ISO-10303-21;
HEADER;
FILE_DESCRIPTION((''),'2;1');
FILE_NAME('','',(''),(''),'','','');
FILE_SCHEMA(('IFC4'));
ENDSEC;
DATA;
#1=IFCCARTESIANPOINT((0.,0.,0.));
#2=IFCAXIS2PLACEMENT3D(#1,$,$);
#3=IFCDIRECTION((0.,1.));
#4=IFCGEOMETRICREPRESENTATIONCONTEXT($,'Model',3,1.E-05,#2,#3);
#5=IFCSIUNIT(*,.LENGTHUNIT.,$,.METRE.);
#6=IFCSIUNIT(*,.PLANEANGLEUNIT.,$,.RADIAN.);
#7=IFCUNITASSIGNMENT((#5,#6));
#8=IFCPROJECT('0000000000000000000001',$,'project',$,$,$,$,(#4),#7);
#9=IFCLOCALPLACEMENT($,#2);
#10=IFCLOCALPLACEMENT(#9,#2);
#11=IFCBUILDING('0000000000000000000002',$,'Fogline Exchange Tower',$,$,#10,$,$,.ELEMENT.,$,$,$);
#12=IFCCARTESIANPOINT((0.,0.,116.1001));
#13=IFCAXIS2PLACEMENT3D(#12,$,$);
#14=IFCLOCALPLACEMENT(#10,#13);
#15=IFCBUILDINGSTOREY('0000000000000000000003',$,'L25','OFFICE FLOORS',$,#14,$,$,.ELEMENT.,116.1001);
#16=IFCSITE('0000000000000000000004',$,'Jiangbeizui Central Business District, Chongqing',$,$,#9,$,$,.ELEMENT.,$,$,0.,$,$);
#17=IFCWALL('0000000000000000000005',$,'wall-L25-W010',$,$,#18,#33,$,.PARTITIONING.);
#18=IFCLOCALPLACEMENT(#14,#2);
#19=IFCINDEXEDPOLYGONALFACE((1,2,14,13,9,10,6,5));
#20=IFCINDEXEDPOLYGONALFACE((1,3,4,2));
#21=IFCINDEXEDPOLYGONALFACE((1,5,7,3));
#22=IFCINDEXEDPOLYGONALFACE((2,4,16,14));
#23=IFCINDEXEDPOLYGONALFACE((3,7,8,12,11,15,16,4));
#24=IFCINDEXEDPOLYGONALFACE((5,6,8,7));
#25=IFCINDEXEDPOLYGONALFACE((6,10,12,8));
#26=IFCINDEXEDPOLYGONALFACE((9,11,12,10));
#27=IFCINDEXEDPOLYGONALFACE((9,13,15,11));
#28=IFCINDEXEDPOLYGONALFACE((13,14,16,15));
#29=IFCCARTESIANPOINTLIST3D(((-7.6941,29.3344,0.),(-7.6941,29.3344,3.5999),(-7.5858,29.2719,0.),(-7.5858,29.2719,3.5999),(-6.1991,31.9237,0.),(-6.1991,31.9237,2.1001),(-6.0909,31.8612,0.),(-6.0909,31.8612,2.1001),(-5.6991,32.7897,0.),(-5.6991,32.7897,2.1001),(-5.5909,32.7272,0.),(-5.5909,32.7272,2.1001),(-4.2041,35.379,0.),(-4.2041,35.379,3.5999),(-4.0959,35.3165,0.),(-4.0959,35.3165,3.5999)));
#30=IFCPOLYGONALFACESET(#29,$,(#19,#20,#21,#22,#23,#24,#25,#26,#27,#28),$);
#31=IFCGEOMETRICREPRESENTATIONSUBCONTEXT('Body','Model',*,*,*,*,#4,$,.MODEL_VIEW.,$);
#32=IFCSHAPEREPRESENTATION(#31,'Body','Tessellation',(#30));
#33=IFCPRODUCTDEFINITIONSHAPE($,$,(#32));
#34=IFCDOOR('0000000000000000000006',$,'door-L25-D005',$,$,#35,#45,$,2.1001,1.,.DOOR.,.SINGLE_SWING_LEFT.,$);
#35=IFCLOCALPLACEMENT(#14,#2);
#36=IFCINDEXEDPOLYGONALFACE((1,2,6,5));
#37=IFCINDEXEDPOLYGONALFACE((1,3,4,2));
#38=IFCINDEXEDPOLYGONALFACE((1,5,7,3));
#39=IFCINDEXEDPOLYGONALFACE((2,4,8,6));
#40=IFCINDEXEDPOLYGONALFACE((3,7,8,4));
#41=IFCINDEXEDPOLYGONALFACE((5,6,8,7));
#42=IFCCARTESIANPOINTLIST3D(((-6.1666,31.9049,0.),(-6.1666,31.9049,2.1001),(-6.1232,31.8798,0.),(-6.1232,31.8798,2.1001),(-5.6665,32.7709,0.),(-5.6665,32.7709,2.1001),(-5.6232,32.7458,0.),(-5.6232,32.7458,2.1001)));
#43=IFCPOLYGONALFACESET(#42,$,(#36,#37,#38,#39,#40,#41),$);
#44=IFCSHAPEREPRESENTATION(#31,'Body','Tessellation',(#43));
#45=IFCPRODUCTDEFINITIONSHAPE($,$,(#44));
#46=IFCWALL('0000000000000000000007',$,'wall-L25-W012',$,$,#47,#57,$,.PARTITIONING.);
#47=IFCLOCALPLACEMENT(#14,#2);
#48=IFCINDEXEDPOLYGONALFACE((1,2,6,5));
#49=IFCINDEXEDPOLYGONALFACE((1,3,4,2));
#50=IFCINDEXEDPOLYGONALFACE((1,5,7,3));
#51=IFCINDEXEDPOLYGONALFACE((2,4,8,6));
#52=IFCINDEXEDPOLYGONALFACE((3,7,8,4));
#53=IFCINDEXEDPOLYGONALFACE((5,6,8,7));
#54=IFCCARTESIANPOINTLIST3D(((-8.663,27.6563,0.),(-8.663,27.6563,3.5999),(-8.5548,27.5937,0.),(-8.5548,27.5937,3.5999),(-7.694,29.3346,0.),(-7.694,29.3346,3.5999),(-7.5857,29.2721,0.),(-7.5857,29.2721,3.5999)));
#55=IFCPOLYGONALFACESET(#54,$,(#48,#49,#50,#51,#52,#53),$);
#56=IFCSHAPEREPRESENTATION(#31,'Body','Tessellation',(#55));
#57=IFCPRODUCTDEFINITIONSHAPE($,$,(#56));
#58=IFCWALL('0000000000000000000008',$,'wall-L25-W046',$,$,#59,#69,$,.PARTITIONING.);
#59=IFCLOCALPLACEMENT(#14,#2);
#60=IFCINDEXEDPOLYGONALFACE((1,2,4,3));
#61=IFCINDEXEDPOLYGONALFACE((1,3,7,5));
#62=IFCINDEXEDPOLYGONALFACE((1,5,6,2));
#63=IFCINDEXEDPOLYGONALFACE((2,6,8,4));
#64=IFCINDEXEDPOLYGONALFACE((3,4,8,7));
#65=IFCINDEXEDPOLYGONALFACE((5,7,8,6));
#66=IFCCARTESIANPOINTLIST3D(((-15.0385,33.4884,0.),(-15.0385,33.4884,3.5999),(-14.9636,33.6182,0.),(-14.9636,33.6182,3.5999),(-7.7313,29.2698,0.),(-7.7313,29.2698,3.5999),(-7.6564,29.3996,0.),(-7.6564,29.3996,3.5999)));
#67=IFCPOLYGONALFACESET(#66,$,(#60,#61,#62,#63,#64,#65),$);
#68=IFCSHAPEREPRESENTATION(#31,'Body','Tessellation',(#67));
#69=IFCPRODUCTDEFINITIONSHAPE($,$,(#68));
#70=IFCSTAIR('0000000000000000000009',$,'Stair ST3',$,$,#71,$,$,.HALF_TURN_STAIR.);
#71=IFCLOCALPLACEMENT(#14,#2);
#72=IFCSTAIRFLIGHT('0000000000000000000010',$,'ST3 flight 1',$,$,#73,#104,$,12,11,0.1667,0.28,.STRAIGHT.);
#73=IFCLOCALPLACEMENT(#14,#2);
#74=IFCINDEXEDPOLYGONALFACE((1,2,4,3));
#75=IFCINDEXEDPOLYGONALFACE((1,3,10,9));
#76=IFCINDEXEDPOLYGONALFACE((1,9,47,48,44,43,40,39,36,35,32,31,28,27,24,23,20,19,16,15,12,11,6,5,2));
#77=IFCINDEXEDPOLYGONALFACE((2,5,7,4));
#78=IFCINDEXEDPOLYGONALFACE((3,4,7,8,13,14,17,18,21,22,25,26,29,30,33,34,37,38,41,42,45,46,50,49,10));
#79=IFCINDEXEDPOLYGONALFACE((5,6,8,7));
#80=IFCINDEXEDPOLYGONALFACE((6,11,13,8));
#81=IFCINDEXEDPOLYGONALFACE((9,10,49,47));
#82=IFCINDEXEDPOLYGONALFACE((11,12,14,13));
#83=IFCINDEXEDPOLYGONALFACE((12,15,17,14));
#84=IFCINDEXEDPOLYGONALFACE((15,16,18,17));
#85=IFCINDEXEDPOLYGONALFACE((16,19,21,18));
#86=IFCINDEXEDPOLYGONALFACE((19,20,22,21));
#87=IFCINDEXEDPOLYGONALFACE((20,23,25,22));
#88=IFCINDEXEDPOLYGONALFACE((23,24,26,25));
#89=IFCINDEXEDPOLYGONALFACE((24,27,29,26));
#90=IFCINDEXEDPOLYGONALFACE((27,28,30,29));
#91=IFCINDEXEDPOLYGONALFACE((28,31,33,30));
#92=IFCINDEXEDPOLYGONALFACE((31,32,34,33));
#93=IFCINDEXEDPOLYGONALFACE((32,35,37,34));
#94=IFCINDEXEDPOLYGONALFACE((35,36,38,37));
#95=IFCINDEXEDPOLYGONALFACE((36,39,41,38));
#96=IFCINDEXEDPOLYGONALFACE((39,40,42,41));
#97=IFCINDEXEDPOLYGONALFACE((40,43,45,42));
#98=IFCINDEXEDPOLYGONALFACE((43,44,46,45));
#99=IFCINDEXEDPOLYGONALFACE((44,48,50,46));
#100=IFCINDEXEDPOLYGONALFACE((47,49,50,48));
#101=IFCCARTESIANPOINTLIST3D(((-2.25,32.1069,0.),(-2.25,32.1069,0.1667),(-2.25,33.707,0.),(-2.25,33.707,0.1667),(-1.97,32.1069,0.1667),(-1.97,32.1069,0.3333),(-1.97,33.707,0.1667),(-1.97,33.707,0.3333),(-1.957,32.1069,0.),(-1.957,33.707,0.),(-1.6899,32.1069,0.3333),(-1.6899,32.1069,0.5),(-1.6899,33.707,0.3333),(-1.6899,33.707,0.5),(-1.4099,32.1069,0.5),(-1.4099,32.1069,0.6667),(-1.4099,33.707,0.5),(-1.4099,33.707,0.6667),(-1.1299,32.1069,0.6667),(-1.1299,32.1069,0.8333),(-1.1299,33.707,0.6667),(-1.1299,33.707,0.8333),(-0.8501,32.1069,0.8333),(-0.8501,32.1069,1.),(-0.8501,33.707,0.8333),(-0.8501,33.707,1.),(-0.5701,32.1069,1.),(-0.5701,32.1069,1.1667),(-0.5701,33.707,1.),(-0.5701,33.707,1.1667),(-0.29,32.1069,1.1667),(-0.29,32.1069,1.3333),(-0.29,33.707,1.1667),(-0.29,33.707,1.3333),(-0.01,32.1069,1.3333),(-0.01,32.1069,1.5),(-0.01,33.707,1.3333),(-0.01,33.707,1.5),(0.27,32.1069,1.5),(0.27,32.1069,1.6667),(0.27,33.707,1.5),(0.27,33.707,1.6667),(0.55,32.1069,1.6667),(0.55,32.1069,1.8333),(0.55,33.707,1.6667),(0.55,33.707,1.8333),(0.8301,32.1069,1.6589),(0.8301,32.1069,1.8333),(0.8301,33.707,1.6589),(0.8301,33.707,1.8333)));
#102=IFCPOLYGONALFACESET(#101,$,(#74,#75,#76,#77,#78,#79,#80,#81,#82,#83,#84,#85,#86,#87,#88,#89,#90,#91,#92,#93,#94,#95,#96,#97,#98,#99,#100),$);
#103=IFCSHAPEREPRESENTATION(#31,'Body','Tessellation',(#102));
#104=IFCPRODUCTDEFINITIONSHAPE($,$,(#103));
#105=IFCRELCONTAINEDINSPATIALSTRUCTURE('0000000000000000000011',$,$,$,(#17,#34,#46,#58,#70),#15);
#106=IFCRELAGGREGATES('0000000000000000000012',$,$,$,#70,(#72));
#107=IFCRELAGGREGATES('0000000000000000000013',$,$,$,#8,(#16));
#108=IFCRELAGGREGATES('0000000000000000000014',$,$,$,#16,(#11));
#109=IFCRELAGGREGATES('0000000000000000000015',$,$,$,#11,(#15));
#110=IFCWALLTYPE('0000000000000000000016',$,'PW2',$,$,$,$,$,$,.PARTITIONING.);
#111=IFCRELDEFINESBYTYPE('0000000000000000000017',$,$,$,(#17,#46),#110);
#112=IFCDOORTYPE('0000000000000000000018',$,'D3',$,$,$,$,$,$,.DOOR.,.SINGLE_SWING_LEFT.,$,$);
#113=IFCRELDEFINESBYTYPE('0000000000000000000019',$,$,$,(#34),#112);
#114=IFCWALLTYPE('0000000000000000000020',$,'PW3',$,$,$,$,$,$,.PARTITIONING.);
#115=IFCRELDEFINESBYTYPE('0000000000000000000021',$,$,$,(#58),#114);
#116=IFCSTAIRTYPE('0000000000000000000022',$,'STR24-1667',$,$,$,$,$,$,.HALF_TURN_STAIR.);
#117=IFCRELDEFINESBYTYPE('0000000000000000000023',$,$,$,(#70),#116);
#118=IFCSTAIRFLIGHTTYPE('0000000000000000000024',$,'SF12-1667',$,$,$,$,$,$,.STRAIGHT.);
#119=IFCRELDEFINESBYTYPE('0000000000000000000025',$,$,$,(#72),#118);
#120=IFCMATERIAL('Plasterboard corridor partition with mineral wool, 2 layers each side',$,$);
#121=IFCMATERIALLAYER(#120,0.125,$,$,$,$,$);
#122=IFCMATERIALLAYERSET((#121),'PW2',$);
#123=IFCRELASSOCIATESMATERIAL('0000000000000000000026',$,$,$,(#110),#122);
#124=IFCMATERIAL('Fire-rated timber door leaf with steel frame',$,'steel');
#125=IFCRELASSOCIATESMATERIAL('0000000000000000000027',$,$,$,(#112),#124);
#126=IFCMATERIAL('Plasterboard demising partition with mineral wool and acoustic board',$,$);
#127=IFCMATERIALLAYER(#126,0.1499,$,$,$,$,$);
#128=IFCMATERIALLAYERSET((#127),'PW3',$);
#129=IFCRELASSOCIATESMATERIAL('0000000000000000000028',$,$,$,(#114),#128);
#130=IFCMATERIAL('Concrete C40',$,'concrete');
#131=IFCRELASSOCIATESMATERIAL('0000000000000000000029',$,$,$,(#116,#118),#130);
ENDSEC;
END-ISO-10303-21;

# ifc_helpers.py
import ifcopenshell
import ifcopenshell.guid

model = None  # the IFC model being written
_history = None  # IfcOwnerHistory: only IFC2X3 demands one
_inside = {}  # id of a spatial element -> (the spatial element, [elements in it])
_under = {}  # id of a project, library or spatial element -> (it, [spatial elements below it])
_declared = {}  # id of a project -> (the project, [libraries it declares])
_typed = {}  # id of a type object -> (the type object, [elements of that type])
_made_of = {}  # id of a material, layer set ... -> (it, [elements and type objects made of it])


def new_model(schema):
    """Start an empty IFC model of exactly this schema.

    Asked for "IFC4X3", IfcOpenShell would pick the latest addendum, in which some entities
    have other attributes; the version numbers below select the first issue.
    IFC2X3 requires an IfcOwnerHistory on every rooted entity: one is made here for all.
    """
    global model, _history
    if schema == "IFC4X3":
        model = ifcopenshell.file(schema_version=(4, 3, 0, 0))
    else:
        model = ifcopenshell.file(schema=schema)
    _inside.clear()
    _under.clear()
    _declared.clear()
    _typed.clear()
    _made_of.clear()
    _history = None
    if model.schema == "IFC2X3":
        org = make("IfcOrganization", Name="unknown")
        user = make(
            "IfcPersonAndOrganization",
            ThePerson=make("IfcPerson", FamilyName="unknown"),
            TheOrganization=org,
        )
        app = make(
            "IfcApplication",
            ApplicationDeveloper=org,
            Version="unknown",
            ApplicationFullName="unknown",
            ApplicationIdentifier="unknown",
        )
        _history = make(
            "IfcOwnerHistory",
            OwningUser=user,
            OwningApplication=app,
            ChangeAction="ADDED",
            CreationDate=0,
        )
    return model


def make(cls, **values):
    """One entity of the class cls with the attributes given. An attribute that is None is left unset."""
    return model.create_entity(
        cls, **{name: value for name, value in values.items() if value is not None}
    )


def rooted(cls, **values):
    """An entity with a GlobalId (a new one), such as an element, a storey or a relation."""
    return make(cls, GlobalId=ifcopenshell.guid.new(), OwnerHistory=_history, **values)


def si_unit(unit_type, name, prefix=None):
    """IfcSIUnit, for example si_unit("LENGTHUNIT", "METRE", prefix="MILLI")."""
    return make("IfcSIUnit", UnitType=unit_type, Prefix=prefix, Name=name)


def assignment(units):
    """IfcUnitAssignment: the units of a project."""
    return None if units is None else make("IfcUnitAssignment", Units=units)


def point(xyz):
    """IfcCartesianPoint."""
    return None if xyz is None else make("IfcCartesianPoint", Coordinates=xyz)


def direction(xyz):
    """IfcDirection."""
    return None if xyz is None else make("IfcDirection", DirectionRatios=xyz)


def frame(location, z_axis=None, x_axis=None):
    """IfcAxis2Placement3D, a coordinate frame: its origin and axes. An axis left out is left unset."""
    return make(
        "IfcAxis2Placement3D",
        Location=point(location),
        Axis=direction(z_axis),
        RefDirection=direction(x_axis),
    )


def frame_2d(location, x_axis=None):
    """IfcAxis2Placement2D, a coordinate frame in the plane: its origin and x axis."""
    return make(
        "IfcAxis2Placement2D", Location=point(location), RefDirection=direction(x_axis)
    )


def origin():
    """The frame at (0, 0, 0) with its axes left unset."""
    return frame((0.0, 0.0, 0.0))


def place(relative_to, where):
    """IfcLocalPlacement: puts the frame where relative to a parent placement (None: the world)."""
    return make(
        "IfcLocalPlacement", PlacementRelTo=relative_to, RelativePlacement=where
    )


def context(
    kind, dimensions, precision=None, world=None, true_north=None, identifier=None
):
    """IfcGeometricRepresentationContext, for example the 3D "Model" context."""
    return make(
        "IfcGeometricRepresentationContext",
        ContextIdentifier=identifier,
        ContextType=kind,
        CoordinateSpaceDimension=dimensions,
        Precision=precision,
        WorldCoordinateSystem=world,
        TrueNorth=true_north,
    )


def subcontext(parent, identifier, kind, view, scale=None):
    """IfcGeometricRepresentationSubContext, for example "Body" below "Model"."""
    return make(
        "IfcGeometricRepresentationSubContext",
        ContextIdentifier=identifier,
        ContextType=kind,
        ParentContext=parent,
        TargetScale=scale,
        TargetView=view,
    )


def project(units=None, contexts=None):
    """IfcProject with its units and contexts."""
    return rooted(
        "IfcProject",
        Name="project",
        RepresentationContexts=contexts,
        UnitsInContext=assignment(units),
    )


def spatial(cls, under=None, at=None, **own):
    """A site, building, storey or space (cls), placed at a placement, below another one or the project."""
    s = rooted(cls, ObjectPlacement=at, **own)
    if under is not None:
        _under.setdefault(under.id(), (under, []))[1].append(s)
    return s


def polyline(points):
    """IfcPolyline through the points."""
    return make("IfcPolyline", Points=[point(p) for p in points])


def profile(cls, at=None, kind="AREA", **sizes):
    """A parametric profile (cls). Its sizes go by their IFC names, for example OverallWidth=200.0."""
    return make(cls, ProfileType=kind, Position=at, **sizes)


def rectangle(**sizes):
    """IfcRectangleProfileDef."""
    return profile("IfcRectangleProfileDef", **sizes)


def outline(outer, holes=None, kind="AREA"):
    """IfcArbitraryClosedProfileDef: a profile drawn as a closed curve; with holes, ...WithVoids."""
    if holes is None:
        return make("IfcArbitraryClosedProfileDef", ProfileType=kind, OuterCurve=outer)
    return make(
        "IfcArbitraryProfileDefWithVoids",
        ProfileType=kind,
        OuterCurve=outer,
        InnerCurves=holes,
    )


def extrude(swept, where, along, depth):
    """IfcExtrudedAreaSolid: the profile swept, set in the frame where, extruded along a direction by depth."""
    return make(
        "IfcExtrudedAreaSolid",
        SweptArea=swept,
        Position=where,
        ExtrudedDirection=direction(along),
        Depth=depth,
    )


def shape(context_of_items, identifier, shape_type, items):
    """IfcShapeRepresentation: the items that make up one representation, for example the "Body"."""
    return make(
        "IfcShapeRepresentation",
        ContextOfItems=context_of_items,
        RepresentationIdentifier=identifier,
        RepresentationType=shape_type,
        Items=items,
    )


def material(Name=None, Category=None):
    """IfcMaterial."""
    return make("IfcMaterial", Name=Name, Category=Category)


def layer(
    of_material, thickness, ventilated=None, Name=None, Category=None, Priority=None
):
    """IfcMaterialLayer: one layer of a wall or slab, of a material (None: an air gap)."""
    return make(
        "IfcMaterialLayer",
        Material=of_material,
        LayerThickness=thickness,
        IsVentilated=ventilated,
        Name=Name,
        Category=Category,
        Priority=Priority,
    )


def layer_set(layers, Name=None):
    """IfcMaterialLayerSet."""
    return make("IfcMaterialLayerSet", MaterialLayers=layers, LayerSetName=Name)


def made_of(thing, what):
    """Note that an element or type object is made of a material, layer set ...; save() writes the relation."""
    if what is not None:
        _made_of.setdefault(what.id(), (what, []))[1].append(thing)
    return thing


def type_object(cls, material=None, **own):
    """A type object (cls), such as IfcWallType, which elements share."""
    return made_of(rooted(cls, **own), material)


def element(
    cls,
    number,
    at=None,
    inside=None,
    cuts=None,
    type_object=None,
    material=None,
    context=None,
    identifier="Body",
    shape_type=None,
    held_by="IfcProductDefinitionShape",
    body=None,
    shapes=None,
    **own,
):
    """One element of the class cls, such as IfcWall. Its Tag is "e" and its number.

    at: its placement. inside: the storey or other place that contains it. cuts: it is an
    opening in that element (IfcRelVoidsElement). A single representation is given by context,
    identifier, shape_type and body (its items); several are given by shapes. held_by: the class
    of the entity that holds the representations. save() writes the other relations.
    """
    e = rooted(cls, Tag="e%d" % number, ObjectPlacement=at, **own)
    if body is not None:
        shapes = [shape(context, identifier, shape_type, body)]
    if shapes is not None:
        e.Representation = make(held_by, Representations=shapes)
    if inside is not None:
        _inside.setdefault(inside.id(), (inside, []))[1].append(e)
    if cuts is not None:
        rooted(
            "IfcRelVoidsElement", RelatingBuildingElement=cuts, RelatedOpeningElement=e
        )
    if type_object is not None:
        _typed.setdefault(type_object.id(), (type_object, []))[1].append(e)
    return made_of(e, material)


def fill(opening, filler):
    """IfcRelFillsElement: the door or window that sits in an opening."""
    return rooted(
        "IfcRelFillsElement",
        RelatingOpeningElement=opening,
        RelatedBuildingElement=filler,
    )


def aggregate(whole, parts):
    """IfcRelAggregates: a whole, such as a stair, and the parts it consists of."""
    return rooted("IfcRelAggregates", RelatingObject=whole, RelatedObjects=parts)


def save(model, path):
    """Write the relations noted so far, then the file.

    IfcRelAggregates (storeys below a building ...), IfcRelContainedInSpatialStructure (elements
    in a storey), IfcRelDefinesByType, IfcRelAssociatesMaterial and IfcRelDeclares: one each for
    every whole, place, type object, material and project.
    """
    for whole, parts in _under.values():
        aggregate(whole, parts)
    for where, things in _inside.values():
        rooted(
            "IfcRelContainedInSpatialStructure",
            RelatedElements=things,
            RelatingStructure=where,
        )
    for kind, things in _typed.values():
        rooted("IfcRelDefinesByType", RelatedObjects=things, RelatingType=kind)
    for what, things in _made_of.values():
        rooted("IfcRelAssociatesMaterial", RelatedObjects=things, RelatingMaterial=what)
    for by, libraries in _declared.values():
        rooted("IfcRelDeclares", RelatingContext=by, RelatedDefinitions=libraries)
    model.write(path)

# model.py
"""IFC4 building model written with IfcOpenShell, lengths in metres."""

from ifc_helpers import new_model, si_unit, direction, frame, frame_2d, origin, place, context, subcontext, project, spatial, polyline, rectangle, outline, extrude, material, layer, layer_set, type_object, element, fill, aggregate, save


model = new_model("IFC4")

# Units and contexts
model_context = context("Model", 3, precision=1e-05, world=origin(), true_north=direction((0.0, 1.0)))
body_context = subcontext(model_context, "Body", "Model", "MODEL_VIEW")
ifc_project = project(units=[si_unit("LENGTHUNIT", "METRE"), si_unit("PLANEANGLEUNIT", "RADIAN")], contexts=[model_context])

# Site, building, storey
site_placement = place(None, origin())
site = spatial("IfcSite", under=ifc_project, at=site_placement, Name="Jiangbeizui Central Business District, Chongqing", CompositionType="ELEMENT", RefElevation=0.0)
building_placement = place(site_placement, origin())
building = spatial("IfcBuilding", under=site, at=building_placement, Name="Fogline Exchange Tower", CompositionType="ELEMENT")
storey_placement = place(building_placement, frame((0.0, 0.0, 116.1001)))
storey = spatial("IfcBuildingStorey", under=building, at=storey_placement, Name="L25", Description="OFFICE FLOORS", CompositionType="ELEMENT", Elevation=116.1001)

# Shared definitions
ifc_material_1 = material(Name="Concrete C40", Category="concrete")

# Wall, opening, door
ifc_material_2 = material(Name="Plasterboard corridor partition with mineral wool, 2 layers each side")
ifc_layer_1 = layer(ifc_material_2, 0.125)
ifc_layer_set_1 = layer_set([ifc_layer_1], Name="PW2")
wall_type_1 = type_object("IfcWallType", Name="PW2", PredefinedType="PARTITIONING", material=ifc_layer_set_1)
wall_1_placement = place(storey_placement, frame((-7.6399, 29.3032, 0.0), z_axis=(0.0, 0.0, 1.0), x_axis=(0.50001, 0.86602, 0.0)))
wall_1 = element("IfcWall", 1, at=wall_1_placement, inside=storey, type_object=wall_type_1, Name="wall-L25-W010", PredefinedType="PARTITIONING", context=body_context, shape_type="SweptSolid", body=[
    extrude(rectangle(XDim=6.9797, YDim=0.125, at=frame_2d((3.4897, 0.0))), origin(), (0.0, 0.0, 1.0), 3.5999),
])
opening_1_placement = place(wall_1_placement, frame((2.9897, 0.0, 0.0)))
opening_1 = element("IfcOpeningElement", 2, at=opening_1_placement, cuts=wall_1, PredefinedType="OPENING", context=body_context, shape_type="SweptSolid", body=[
    extrude(rectangle(XDim=1.0, YDim=2.1001, at=frame_2d((0.5, 1.05))), frame((0.0, 0.0725, 0.0), z_axis=(0.0, -1.0, 0.0), x_axis=(1.0, 0.0, 0.0)), (0.0, 0.0, 1.0), 0.145),
])
ifc_material_3 = material(Name="Fire-rated timber door leaf with steel frame", Category="steel")
door_type_1 = type_object("IfcDoorType", Name="D3", OperationType="SINGLE_SWING_LEFT", PredefinedType="DOOR", material=ifc_material_3)
door_1_placement = place(opening_1_placement, origin())
door_1 = element("IfcDoor", 3, at=door_1_placement, inside=storey, type_object=door_type_1, Name="door-L25-D005", OperationType="SINGLE_SWING_LEFT", OverallHeight=2.1001, OverallWidth=1.0, PredefinedType="DOOR", context=body_context, shape_type="SweptSolid", body=[
    extrude(rectangle(XDim=1.0, YDim=2.1001, at=frame_2d((0.5, 1.05))), frame((0.0, 0.0249, 0.0), z_axis=(0.0, -1.0, 0.0), x_axis=(1.0, 0.0, 0.0)), (0.0, 0.0, 1.0), 0.05),
])
fill(opening_1, door_1)

# Walls
wall_2_placement = place(storey_placement, frame((-8.6089, 27.625, 0.0), z_axis=(0.0, 0.0, 1.0), x_axis=(0.500028, 0.866009, 0.0)))
element("IfcWall", 4, at=wall_2_placement, inside=storey, type_object=wall_type_1, Name="wall-L25-W012", PredefinedType="PARTITIONING", context=body_context, shape_type="SweptSolid", body=[
    extrude(rectangle(XDim=1.938, YDim=0.125, at=frame_2d((0.969, 0.0))), origin(), (0.0, 0.0, 1.0), 3.5999),
])
ifc_material_4 = material(Name="Plasterboard demising partition with mineral wool and acoustic board")
ifc_layer_2 = layer(ifc_material_4, 0.1499)
ifc_layer_set_2 = layer_set([ifc_layer_2], Name="PW3")
wall_type_2 = type_object("IfcWallType", Name="PW3", PredefinedType="PARTITIONING", material=ifc_layer_set_2)
wall_3_placement = place(storey_placement, frame((-7.6938, 29.3347, 0.0), z_axis=(0.0, 0.0, 1.0), x_axis=(-0.866039, 0.499976, 0.0)))
element("IfcWall", 5, at=wall_3_placement, inside=storey, type_object=wall_type_2, Name="wall-L25-W046", PredefinedType="PARTITIONING", context=body_context, shape_type="SweptSolid", body=[
    extrude(rectangle(XDim=8.4375, YDim=0.1499, at=frame_2d((4.2188, 0.0))), origin(), (0.0, 0.0, 1.0), 3.5999),
])

# Stair, stair flight
stair_type = type_object("IfcStairType", Name="STR24-1667", PredefinedType="HALF_TURN_STAIR", material=ifc_material_1)
stair_placement = place(storey_placement, origin())
stair = element("IfcStair", 6, at=stair_placement, inside=storey, type_object=stair_type, Name="Stair ST3", PredefinedType="HALF_TURN_STAIR")
stair_flight_type = type_object("IfcStairFlightType", Name="SF12-1667", PredefinedType="STRAIGHT", material=ifc_material_1)
stair_flight_placement = place(storey_placement, frame((-2.25, 32.907, 0.0), z_axis=(0.0, 0.0, 1.0), x_axis=(1.0, 0.0, 0.0)))
stair_flight = element("IfcStairFlight", 7, at=stair_flight_placement, type_object=stair_flight_type, Name="ST3 flight 1", NumberOfRisers=12, NumberOfTreads=11, PredefinedType="STRAIGHT", RiserHeight=0.1667, TreadLength=0.28, context=body_context, shape_type="SweptSolid", body=[
    extrude(outline(polyline([(0.0, 0.0), (0.0, 0.1667), (0.28, 0.1667), (0.28, 0.3333), (0.5601, 0.3333), (0.5601, 0.5), (0.8401, 0.5), (0.8401, 0.6667), (1.1201, 0.6667), (1.1201, 0.8333), (1.3999, 0.8333), (1.3999, 1.0), (1.6799, 1.0), (1.6799, 1.1667), (1.96, 1.1667), (1.96, 1.3333), (2.24, 1.3333), (2.24, 1.5), (2.52, 1.5), (2.52, 1.6667), (2.8, 1.6667), (2.8, 1.8333), (3.0801, 1.8333), (3.0801, 2.0), (3.0801, 1.6589), (0.293, 0.0), (0.0, 0.0)])), frame((0.0, 0.8, 0.0), z_axis=(0.0, -1.0, 0.0), x_axis=(1.0, 0.0, 0.0)), (0.0, 0.0, 1.0), 1.6001),
])
aggregate(stair, [stair_flight])

save(model, "model.ifc")
